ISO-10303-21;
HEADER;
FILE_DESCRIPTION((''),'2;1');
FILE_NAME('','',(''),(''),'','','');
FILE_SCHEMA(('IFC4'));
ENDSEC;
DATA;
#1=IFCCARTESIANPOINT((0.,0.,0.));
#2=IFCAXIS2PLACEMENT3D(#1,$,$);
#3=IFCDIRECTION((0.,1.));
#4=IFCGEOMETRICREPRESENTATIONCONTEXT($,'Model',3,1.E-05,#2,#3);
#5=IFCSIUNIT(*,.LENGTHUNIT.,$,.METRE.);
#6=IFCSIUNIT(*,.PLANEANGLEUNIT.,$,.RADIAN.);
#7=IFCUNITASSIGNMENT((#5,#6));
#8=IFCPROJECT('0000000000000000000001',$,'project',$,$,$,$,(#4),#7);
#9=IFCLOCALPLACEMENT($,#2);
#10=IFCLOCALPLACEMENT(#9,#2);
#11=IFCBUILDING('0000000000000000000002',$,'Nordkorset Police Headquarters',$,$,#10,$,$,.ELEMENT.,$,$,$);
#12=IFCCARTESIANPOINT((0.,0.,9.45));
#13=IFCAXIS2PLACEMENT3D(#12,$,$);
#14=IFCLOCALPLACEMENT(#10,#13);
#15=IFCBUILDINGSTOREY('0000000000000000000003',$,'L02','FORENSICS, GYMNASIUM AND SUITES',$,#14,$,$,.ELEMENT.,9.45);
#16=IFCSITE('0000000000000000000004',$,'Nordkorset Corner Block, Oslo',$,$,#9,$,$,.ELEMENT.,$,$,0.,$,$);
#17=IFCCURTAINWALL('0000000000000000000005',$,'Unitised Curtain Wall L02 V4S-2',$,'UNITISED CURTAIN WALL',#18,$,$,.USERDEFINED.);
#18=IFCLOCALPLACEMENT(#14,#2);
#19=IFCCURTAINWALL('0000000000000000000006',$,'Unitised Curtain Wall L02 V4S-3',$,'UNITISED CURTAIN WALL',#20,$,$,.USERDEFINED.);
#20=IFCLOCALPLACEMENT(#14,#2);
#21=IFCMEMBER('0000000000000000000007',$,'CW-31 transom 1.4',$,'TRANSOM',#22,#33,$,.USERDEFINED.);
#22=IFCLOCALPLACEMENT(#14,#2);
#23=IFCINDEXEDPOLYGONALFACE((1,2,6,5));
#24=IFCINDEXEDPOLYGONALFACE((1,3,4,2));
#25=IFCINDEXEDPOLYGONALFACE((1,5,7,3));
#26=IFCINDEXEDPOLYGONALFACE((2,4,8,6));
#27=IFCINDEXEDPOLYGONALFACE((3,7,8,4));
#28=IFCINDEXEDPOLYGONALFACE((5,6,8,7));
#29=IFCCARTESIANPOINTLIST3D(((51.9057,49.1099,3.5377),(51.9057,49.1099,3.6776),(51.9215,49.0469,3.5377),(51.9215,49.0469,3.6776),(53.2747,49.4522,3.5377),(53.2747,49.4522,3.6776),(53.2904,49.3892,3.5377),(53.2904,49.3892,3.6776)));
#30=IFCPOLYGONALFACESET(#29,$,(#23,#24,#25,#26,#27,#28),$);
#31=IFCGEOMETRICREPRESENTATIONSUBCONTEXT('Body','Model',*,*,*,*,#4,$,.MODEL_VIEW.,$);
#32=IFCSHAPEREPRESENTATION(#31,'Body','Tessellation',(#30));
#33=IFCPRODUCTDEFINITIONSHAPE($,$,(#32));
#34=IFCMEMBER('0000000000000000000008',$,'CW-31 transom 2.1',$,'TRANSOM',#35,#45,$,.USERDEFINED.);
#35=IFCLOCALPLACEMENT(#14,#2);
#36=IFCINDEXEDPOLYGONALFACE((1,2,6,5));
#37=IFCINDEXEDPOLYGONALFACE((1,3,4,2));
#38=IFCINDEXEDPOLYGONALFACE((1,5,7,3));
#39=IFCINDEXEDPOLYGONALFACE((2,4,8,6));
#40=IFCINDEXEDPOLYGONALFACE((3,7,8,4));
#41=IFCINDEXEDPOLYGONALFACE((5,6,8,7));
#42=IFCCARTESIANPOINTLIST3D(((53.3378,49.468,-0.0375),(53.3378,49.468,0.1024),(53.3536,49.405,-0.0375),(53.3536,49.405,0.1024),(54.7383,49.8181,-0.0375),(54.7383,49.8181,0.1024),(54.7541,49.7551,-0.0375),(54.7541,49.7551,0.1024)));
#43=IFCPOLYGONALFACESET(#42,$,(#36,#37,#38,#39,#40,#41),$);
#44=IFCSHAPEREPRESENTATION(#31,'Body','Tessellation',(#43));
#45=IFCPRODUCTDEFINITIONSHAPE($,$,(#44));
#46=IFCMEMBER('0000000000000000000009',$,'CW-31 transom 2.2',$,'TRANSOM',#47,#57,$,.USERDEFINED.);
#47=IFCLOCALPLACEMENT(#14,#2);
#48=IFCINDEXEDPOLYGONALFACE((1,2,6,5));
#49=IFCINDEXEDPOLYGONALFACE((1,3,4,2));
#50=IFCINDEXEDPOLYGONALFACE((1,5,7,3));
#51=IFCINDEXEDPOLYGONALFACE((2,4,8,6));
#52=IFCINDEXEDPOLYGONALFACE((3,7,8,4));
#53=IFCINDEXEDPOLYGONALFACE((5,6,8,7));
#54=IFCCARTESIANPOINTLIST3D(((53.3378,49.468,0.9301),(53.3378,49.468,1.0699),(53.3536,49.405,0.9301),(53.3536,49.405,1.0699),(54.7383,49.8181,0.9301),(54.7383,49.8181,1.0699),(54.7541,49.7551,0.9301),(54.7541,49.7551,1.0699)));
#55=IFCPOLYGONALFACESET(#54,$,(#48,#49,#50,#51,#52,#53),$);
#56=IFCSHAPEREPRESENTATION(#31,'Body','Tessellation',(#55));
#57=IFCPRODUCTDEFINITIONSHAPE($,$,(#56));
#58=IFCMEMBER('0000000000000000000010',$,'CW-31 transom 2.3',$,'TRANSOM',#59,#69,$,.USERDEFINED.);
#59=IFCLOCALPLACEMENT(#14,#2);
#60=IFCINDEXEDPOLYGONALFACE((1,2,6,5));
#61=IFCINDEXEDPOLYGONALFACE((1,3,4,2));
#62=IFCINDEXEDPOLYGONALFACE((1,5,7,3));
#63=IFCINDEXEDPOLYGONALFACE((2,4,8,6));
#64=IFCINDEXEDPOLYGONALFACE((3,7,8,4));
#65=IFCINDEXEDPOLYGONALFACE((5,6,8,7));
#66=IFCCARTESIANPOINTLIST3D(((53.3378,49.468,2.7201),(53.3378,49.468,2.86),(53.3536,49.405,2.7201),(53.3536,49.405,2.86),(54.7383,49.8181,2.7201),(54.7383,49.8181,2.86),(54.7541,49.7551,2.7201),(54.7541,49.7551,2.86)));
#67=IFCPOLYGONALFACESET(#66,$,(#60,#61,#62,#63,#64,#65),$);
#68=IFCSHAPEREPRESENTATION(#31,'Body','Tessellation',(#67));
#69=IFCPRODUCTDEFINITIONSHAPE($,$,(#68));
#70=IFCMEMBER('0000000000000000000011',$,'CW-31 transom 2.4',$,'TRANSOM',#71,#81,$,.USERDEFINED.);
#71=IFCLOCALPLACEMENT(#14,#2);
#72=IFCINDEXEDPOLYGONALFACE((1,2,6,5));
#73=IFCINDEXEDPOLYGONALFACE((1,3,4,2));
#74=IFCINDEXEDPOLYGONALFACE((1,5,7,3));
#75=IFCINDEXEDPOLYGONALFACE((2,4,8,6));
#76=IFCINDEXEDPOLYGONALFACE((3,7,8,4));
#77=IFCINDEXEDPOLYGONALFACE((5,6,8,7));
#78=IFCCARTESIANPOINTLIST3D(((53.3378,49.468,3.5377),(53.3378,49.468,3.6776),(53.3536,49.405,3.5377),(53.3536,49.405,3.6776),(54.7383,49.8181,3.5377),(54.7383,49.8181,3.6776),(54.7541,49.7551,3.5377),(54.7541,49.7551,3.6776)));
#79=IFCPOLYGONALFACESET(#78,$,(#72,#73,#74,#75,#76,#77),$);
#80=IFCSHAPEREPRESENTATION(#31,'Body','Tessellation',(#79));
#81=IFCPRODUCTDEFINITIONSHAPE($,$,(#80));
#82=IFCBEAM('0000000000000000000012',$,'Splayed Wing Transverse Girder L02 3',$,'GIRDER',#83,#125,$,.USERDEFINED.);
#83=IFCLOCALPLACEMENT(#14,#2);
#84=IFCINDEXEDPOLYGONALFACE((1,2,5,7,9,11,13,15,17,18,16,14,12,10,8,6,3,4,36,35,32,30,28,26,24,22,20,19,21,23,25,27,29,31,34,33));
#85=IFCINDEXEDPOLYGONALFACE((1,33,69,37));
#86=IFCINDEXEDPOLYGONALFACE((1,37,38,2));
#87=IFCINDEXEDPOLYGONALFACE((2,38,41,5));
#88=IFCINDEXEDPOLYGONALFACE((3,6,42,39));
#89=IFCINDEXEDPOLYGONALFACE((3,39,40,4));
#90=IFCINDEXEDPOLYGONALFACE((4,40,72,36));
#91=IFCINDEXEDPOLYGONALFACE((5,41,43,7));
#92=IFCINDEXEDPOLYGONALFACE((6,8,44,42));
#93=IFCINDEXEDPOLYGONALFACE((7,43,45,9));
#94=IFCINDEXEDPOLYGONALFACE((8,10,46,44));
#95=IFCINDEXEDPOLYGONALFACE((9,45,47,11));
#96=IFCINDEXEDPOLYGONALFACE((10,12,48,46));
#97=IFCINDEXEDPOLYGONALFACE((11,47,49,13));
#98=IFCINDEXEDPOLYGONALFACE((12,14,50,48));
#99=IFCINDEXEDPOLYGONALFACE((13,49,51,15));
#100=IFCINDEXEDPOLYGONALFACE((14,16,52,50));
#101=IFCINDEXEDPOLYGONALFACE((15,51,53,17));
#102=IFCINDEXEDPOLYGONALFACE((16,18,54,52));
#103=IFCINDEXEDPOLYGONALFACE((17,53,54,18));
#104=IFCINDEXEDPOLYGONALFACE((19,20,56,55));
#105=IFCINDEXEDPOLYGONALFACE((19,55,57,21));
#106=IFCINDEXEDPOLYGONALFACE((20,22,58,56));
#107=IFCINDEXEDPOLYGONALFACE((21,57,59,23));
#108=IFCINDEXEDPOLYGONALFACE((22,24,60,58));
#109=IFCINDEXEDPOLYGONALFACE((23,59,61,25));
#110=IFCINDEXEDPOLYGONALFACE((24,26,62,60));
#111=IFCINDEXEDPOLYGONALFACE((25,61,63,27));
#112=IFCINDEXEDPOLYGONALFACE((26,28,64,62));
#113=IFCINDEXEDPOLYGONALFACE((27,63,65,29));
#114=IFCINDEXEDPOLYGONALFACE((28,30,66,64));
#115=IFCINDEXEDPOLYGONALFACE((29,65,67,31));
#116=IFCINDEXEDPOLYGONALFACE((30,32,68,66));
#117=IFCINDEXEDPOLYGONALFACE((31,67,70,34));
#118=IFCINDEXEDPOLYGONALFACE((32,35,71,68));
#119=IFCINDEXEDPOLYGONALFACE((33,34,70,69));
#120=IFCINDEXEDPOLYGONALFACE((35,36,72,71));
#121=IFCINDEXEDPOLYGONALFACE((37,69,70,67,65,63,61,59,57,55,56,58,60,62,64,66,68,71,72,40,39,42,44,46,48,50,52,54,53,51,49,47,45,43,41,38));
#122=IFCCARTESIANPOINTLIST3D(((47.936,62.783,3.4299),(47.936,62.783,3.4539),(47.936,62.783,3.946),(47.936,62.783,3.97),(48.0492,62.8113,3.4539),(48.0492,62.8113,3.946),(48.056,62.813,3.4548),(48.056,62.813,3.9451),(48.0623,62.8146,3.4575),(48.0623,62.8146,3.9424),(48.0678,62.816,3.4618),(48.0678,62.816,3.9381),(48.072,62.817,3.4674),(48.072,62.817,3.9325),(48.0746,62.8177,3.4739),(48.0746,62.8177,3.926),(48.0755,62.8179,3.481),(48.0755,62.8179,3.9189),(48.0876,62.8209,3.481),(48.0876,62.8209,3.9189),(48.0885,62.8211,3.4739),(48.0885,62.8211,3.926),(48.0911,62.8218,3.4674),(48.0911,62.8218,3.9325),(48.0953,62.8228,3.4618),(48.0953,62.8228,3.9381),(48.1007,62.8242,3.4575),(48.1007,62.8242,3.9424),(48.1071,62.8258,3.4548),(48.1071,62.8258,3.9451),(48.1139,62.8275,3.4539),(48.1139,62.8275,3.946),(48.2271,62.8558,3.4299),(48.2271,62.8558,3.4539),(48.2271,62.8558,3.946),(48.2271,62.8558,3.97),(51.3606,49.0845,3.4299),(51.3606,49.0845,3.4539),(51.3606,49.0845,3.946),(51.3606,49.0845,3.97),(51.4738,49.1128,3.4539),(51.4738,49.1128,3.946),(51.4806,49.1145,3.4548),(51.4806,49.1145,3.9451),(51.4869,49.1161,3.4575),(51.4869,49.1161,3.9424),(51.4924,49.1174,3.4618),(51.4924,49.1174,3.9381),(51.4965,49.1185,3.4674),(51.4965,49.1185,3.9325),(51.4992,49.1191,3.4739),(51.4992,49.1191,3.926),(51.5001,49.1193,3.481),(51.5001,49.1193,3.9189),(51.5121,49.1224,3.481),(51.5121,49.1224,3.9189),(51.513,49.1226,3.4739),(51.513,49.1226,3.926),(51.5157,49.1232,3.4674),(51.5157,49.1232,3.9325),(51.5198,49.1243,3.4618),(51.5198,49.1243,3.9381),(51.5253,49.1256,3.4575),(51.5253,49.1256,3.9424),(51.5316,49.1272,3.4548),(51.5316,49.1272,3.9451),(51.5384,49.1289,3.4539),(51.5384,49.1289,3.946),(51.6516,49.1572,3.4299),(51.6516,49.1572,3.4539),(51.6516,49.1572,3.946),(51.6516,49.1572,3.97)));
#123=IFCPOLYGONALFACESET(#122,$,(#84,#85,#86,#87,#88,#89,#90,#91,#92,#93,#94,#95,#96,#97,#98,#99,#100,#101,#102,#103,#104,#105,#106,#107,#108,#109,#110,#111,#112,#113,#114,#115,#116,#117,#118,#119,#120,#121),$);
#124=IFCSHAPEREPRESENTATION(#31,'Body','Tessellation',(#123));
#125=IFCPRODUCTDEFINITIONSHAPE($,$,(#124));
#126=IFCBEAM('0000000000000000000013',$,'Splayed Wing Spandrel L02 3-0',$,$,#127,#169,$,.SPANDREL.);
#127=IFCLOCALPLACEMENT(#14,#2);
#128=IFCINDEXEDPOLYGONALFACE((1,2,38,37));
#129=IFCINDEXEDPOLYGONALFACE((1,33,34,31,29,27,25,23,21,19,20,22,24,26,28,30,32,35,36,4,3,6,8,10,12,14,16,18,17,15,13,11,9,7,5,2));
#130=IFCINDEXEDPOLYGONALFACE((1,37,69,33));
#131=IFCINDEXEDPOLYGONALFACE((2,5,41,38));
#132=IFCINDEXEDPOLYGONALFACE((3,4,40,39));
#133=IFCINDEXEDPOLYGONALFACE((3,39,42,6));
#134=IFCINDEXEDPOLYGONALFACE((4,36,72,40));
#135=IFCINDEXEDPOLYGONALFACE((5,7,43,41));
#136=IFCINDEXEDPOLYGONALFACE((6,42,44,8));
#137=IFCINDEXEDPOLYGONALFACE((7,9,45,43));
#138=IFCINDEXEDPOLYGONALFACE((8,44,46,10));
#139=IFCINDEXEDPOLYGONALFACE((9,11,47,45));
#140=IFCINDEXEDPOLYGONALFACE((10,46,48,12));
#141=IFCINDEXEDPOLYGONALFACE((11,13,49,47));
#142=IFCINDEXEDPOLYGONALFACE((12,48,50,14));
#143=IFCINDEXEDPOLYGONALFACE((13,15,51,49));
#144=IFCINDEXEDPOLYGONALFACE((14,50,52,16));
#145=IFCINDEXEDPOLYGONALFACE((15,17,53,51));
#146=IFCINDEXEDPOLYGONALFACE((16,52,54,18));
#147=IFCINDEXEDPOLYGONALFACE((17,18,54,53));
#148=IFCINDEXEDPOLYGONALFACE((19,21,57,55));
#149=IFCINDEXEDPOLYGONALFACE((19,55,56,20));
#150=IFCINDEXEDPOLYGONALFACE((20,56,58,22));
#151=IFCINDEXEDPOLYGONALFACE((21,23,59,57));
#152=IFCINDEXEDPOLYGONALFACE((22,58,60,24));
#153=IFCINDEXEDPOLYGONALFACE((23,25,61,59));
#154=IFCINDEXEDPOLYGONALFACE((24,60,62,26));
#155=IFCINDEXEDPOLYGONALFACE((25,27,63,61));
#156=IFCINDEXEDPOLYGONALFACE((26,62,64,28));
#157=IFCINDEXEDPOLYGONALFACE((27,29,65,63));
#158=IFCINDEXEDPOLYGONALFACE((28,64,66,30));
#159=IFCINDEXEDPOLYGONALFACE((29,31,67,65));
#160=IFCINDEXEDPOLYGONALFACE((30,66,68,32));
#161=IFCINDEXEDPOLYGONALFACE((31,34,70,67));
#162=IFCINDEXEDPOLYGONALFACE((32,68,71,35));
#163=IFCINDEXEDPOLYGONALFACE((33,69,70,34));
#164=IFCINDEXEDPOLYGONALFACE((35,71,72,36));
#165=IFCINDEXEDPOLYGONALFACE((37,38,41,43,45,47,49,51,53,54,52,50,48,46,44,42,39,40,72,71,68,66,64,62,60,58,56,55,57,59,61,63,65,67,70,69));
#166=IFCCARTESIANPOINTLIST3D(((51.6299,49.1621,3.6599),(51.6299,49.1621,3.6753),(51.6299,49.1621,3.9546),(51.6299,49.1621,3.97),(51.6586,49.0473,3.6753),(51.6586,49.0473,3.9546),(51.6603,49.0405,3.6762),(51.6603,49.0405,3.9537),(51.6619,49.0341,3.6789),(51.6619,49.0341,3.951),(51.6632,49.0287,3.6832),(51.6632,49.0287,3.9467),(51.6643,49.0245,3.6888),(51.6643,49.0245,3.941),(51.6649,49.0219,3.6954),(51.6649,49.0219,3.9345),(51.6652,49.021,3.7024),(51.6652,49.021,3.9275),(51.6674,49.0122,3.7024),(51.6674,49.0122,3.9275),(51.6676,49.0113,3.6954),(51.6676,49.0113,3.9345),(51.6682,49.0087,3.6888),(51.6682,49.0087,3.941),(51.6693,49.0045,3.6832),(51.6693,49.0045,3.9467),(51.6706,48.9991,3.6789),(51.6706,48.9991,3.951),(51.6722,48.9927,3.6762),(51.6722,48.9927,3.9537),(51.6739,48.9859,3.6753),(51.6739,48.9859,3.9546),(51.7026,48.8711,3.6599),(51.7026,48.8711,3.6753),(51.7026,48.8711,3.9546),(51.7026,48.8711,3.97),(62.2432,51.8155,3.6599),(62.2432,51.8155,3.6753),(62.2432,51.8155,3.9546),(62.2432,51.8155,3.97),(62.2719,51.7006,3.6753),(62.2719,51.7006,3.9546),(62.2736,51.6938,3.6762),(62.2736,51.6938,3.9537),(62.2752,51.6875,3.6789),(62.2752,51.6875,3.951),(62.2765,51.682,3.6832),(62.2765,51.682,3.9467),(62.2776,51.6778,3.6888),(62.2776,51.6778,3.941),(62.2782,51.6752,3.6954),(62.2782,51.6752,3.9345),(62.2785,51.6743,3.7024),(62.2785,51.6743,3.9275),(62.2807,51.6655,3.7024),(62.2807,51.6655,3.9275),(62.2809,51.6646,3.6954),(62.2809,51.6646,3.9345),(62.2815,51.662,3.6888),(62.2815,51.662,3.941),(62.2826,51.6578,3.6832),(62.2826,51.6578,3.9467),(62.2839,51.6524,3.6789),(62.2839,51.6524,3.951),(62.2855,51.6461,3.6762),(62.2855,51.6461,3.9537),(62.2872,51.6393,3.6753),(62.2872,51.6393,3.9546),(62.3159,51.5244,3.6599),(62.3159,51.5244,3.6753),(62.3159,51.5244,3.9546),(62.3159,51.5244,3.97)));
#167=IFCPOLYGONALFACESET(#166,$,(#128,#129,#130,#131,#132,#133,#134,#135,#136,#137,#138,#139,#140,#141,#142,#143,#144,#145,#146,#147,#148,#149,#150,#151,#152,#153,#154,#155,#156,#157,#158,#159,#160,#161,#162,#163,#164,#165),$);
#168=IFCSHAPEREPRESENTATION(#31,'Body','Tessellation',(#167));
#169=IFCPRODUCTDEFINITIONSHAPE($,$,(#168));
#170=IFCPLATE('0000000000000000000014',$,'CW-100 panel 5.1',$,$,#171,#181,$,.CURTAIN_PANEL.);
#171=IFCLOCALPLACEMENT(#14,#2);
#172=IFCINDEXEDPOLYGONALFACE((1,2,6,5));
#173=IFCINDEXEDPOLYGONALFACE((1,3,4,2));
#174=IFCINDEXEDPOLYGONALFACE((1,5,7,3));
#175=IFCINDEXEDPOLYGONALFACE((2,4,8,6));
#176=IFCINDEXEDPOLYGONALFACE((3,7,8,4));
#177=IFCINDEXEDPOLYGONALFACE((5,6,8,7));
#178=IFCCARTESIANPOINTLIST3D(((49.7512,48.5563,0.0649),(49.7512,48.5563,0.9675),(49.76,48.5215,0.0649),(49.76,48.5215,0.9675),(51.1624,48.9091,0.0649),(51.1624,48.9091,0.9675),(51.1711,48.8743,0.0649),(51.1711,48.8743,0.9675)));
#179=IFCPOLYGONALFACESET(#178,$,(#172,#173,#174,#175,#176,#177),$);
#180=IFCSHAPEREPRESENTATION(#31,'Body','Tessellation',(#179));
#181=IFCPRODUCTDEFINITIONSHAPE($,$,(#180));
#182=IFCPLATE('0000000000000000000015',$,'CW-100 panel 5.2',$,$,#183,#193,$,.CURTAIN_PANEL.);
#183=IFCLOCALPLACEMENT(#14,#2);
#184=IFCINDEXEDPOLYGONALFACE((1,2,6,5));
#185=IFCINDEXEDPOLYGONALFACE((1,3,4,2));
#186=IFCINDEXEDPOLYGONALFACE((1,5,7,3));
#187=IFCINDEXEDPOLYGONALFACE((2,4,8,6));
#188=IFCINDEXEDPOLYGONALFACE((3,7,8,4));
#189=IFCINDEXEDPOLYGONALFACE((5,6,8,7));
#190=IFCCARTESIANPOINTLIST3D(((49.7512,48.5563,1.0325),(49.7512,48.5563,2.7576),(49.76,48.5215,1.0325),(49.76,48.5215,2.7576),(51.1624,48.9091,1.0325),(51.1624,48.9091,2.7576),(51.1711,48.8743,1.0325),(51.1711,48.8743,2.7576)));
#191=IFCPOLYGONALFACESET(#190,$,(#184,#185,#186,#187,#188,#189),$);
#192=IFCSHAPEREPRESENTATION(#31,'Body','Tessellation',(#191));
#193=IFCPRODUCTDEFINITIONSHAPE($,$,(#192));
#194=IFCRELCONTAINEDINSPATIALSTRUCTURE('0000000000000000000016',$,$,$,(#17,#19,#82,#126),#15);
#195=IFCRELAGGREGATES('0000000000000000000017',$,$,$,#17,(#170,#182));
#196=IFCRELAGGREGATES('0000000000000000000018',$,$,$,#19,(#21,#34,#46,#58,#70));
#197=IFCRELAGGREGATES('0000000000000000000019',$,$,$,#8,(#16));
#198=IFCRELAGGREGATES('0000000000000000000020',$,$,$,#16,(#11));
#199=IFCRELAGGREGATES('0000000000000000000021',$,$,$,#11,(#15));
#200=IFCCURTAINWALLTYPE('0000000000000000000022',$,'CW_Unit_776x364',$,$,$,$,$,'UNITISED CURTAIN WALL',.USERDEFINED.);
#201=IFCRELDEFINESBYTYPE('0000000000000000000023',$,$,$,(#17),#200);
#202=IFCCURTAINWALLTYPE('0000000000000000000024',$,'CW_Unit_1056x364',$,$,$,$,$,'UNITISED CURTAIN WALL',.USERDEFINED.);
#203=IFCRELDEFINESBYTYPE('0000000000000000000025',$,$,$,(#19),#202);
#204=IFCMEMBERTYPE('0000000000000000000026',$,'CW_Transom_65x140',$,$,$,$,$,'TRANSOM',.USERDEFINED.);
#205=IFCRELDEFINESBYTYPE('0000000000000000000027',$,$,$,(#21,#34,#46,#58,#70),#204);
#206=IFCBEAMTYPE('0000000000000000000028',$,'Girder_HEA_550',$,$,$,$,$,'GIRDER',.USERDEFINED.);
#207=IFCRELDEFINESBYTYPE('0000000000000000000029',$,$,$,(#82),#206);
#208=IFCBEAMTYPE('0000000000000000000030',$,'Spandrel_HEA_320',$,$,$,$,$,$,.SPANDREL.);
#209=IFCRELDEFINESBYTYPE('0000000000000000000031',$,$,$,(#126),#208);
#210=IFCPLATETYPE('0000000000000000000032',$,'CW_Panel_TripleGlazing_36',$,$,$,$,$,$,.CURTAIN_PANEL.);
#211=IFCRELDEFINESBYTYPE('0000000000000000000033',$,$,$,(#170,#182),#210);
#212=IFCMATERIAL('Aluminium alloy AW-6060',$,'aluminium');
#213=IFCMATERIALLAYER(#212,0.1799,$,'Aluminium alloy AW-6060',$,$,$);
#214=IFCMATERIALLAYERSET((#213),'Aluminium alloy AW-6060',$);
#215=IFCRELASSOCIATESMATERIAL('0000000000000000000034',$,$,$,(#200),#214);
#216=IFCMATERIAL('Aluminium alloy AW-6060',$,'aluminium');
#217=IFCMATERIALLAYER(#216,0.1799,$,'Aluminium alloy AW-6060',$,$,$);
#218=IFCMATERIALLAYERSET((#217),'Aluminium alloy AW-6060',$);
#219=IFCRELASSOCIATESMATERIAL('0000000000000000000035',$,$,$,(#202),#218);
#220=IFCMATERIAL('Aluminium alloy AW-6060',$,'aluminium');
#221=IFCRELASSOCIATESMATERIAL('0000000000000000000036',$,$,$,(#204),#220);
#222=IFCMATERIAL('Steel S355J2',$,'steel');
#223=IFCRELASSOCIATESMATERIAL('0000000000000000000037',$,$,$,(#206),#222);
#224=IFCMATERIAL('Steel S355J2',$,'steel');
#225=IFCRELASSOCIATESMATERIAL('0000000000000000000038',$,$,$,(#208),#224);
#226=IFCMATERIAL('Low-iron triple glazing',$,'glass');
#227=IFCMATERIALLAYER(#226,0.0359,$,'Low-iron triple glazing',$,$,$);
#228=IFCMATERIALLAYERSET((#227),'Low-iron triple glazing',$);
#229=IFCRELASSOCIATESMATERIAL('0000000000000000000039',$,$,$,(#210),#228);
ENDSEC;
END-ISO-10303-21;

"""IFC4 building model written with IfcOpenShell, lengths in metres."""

from ifc_helpers import new_model, si_unit, direction, frame, origin, origin_2d, place, context, subcontext, project, spatial, rectangle, i_section, extrude, material, layer, layer_set, material_profile, profile_set, type_object, element, aggregate, save


model = new_model("IFC4")

# Units and contexts
model_context = context("Model", 3, precision=1e-05, world=origin(), true_north=direction((0.0, 1.0)))
body_context = subcontext(model_context, "Body", "Model", "MODEL_VIEW")
ifc_project = project(units=[si_unit("LENGTHUNIT", "METRE"), si_unit("PLANEANGLEUNIT", "RADIAN")], contexts=[model_context])

# Site, building, storey
site_placement = place(None, origin())
site = spatial("IfcSite", under=ifc_project, at=site_placement, Name="Nordkorset Corner Block, Oslo", CompositionType="ELEMENT", RefElevation=0.0)
building_placement = place(site_placement, origin())
building = spatial("IfcBuilding", under=site, at=building_placement, Name="Nordkorset Police Headquarters", CompositionType="ELEMENT")
storey_placement = place(building_placement, frame((0.0, 0.0, 9.45)))
storey = spatial("IfcBuildingStorey", under=building, at=storey_placement, Name="L02", Description="FORENSICS, GYMNASIUM AND SUITES", CompositionType="ELEMENT", Elevation=9.45)

# Curtain wall
ifc_material_1 = material(Name="Aluminium alloy AW-6060", Category="aluminium")
ifc_layer_1 = layer(ifc_material_1, 0.1799, Name="Aluminium alloy AW-6060")
ifc_layer_set_1 = layer_set([ifc_layer_1], Name="Aluminium alloy AW-6060")
curtain_wall_type_1 = type_object("IfcCurtainWallType", Name="CW_Unit_776x364", ElementType="UNITISED CURTAIN WALL", PredefinedType="USERDEFINED", material=ifc_layer_set_1)
curtain_wall_1_placement = place(storey_placement, origin())
curtain_wall_1 = element("IfcCurtainWall", 1, at=curtain_wall_1_placement, inside=storey, type_object=curtain_wall_type_1, Name="Unitised Curtain Wall L02 V4S-2", ObjectType="UNITISED CURTAIN WALL", PredefinedType="USERDEFINED")

# Curtain wall
ifc_material_2 = material(Name="Aluminium alloy AW-6060", Category="aluminium")
ifc_layer_2 = layer(ifc_material_2, 0.1799, Name="Aluminium alloy AW-6060")
ifc_layer_set_2 = layer_set([ifc_layer_2], Name="Aluminium alloy AW-6060")
curtain_wall_type_2 = type_object("IfcCurtainWallType", Name="CW_Unit_1056x364", ElementType="UNITISED CURTAIN WALL", PredefinedType="USERDEFINED", material=ifc_layer_set_2)
curtain_wall_2_placement = place(storey_placement, origin())
curtain_wall_2 = element("IfcCurtainWall", 2, at=curtain_wall_2_placement, inside=storey, type_object=curtain_wall_type_2, Name="Unitised Curtain Wall L02 V4S-3", ObjectType="UNITISED CURTAIN WALL", PredefinedType="USERDEFINED")

# Members
ifc_material_3 = material(Name="Aluminium alloy AW-6060", Category="aluminium")
ifc_material_profile_1 = material_profile(ifc_material_3, rectangle(XDim=0.0649, YDim=0.1399, at=origin_2d()), Name="ALU TRAN 65x140")
ifc_profile_set_1 = profile_set([ifc_material_profile_1], Name="Aluminium alloy AW-6060")
member_type_1 = type_object("IfcMemberType", Name="CW_Transom_65x140", ElementType="TRANSOM", PredefinedType="USERDEFINED", material=ifc_profile_set_1)
member_1_placement = place(storey_placement, frame((51.9136, 49.0784, 3.6077), z_axis=(0.970132, 0.242576, 0.0), x_axis=(-0.242576, 0.970132, 0.0)))
member_1 = element("IfcMember", 3, at=member_1_placement, type_object=member_type_1, Name="CW-31 transom 1.4", ObjectType="TRANSOM", PredefinedType="USERDEFINED", context=body_context, shape_type="SweptSolid", body=[
    extrude(rectangle(XDim=0.0649, YDim=0.1399, at=origin_2d()), origin(), (0.0, 0.0, 1.0), 1.4111),
])
member_2_placement = place(storey_placement, frame((53.3457, 49.4365, 0.0325), z_axis=(0.970143, 0.242536, 0.0), x_axis=(-0.242536, 0.970143, 0.0)))
member_2 = element("IfcMember", 4, at=member_2_placement, type_object=member_type_1, Name="CW-31 transom 2.1", ObjectType="TRANSOM", PredefinedType="USERDEFINED", context=body_context, shape_type="SweptSolid", body=[
    extrude(rectangle(XDim=0.0649, YDim=0.1399, at=origin_2d()), origin(), (0.0, 0.0, 1.0), 1.4436),
])
member_3_placement = place(storey_placement, frame((53.3457, 49.4365, 1.0), z_axis=(0.970143, 0.242536, 0.0), x_axis=(-0.242536, 0.970143, 0.0)))
member_3 = element("IfcMember", 5, at=member_3_placement, type_object=member_type_1, Name="CW-31 transom 2.2", ObjectType="TRANSOM", PredefinedType="USERDEFINED", context=body_context, shape_type="SweptSolid", body=[
    extrude(rectangle(XDim=0.0649, YDim=0.1399, at=origin_2d()), origin(), (0.0, 0.0, 1.0), 1.4436),
])
member_4_placement = place(storey_placement, frame((53.3457, 49.4365, 2.79), z_axis=(0.970143, 0.242536, 0.0), x_axis=(-0.242536, 0.970143, 0.0)))
member_4 = element("IfcMember", 6, at=member_4_placement, type_object=member_type_1, Name="CW-31 transom 2.3", ObjectType="TRANSOM", PredefinedType="USERDEFINED", context=body_context, shape_type="SweptSolid", body=[
    extrude(rectangle(XDim=0.0649, YDim=0.1399, at=origin_2d()), origin(), (0.0, 0.0, 1.0), 1.4436),
])
member_5_placement = place(storey_placement, frame((53.3457, 49.4365, 3.6077), z_axis=(0.970143, 0.242536, 0.0), x_axis=(-0.242536, 0.970143, 0.0)))
member_5 = element("IfcMember", 7, at=member_5_placement, type_object=member_type_1, Name="CW-31 transom 2.4", ObjectType="TRANSOM", PredefinedType="USERDEFINED", context=body_context, shape_type="SweptSolid", body=[
    extrude(rectangle(XDim=0.0649, YDim=0.1399, at=origin_2d()), origin(), (0.0, 0.0, 1.0), 1.4436),
])

# Beams
ifc_material_4 = material(Name="Steel S355J2", Category="steel")
ifc_material_profile_2 = material_profile(ifc_material_4, i_section(OverallWidth=0.3, OverallDepth=0.54, WebThickness=0.0125, FlangeThickness=0.0239, FilletRadius=0.0271, at=origin_2d()), Name="HEA 550")
ifc_profile_set_2 = profile_set([ifc_material_profile_2], Name="Steel S355J2")
beam_type_1 = type_object("IfcBeamType", Name="Girder_HEA_550", ElementType="GIRDER", PredefinedType="USERDEFINED", material=ifc_profile_set_2)
beam_1_placement = place(storey_placement, frame((51.5061, 49.1208, 3.7), z_axis=(-0.242532, 0.970144, 0.0), x_axis=(-0.970144, -0.242532, 0.0)))
element("IfcBeam", 8, at=beam_1_placement, inside=storey, type_object=beam_type_1, Name="Splayed Wing Transverse Girder L02 3", ObjectType="GIRDER", PredefinedType="USERDEFINED", context=body_context, shape_type="SweptSolid", body=[
    extrude(i_section(OverallWidth=0.3, OverallDepth=0.54, WebThickness=0.0125, FlangeThickness=0.0239, FilletRadius=0.0271, at=origin_2d()), origin(), (0.0, 0.0, 1.0), 14.1201),
])
ifc_material_5 = material(Name="Steel S355J2", Category="steel")
ifc_material_profile_3 = material_profile(ifc_material_5, i_section(OverallWidth=0.3, OverallDepth=0.3101, WebThickness=0.009, FlangeThickness=0.0154, FilletRadius=0.0271, at=origin_2d()), Name="HEA 320")
ifc_profile_set_3 = profile_set([ifc_material_profile_3], Name="Steel S355J2")
beam_type_2 = type_object("IfcBeamType", Name="Spandrel_HEA_320", PredefinedType="SPANDREL", material=ifc_profile_set_3)
beam_2_placement = place(storey_placement, frame((51.6663, 49.0166, 3.8149), z_axis=(0.970143, 0.242536, 0.0), x_axis=(-0.242536, 0.970143, 0.0)))
element("IfcBeam", 9, at=beam_2_placement, inside=storey, type_object=beam_type_2, Name="Splayed Wing Spandrel L02 3-0", PredefinedType="SPANDREL", context=body_context, shape_type="SweptSolid", body=[
    extrude(i_section(OverallWidth=0.3, OverallDepth=0.3101, WebThickness=0.009, FlangeThickness=0.0154, FilletRadius=0.0271, at=origin_2d()), origin(), (0.0, 0.0, 1.0), 10.9399),
])

# Plates
ifc_material_6 = material(Name="Low-iron triple glazing", Category="glass")
ifc_layer_3 = layer(ifc_material_6, 0.0359, Name="Low-iron triple glazing")
ifc_layer_set_3 = layer_set([ifc_layer_3], Name="Low-iron triple glazing")
plate_type = type_object("IfcPlateType", Name="CW_Panel_TripleGlazing_36", PredefinedType="CURTAIN_PANEL", material=ifc_layer_set_3)
plate_1_placement = place(storey_placement, frame((50.4612, 48.7153, 0.0649), z_axis=(0.0, 0.0, 1.0), x_axis=(0.970143, 0.242535, 0.0)))
plate_1 = element("IfcPlate", 10, at=plate_1_placement, type_object=plate_type, Name="CW-100 panel 5.1", PredefinedType="CURTAIN_PANEL", context=body_context, shape_type="SweptSolid", body=[
    extrude(rectangle(XDim=1.4546, YDim=0.0359, at=origin_2d()), origin(), (0.0, 0.0, 1.0), 0.9026),
])
plate_2_placement = place(storey_placement, frame((50.4612, 48.7153, 1.0325), z_axis=(0.0, 0.0, 1.0), x_axis=(0.970143, 0.242535, 0.0)))
plate_2 = element("IfcPlate", 11, at=plate_2_placement, type_object=plate_type, Name="CW-100 panel 5.2", PredefinedType="CURTAIN_PANEL", context=body_context, shape_type="SweptSolid", body=[
    extrude(rectangle(XDim=1.4546, YDim=0.0359, at=origin_2d()), origin(), (0.0, 0.0, 1.0), 1.7251),
])
aggregate(curtain_wall_1, [plate_1, plate_2])
aggregate(curtain_wall_2, [member_1, member_2, member_3, member_4, member_5])

save(model, "model.ifc")
